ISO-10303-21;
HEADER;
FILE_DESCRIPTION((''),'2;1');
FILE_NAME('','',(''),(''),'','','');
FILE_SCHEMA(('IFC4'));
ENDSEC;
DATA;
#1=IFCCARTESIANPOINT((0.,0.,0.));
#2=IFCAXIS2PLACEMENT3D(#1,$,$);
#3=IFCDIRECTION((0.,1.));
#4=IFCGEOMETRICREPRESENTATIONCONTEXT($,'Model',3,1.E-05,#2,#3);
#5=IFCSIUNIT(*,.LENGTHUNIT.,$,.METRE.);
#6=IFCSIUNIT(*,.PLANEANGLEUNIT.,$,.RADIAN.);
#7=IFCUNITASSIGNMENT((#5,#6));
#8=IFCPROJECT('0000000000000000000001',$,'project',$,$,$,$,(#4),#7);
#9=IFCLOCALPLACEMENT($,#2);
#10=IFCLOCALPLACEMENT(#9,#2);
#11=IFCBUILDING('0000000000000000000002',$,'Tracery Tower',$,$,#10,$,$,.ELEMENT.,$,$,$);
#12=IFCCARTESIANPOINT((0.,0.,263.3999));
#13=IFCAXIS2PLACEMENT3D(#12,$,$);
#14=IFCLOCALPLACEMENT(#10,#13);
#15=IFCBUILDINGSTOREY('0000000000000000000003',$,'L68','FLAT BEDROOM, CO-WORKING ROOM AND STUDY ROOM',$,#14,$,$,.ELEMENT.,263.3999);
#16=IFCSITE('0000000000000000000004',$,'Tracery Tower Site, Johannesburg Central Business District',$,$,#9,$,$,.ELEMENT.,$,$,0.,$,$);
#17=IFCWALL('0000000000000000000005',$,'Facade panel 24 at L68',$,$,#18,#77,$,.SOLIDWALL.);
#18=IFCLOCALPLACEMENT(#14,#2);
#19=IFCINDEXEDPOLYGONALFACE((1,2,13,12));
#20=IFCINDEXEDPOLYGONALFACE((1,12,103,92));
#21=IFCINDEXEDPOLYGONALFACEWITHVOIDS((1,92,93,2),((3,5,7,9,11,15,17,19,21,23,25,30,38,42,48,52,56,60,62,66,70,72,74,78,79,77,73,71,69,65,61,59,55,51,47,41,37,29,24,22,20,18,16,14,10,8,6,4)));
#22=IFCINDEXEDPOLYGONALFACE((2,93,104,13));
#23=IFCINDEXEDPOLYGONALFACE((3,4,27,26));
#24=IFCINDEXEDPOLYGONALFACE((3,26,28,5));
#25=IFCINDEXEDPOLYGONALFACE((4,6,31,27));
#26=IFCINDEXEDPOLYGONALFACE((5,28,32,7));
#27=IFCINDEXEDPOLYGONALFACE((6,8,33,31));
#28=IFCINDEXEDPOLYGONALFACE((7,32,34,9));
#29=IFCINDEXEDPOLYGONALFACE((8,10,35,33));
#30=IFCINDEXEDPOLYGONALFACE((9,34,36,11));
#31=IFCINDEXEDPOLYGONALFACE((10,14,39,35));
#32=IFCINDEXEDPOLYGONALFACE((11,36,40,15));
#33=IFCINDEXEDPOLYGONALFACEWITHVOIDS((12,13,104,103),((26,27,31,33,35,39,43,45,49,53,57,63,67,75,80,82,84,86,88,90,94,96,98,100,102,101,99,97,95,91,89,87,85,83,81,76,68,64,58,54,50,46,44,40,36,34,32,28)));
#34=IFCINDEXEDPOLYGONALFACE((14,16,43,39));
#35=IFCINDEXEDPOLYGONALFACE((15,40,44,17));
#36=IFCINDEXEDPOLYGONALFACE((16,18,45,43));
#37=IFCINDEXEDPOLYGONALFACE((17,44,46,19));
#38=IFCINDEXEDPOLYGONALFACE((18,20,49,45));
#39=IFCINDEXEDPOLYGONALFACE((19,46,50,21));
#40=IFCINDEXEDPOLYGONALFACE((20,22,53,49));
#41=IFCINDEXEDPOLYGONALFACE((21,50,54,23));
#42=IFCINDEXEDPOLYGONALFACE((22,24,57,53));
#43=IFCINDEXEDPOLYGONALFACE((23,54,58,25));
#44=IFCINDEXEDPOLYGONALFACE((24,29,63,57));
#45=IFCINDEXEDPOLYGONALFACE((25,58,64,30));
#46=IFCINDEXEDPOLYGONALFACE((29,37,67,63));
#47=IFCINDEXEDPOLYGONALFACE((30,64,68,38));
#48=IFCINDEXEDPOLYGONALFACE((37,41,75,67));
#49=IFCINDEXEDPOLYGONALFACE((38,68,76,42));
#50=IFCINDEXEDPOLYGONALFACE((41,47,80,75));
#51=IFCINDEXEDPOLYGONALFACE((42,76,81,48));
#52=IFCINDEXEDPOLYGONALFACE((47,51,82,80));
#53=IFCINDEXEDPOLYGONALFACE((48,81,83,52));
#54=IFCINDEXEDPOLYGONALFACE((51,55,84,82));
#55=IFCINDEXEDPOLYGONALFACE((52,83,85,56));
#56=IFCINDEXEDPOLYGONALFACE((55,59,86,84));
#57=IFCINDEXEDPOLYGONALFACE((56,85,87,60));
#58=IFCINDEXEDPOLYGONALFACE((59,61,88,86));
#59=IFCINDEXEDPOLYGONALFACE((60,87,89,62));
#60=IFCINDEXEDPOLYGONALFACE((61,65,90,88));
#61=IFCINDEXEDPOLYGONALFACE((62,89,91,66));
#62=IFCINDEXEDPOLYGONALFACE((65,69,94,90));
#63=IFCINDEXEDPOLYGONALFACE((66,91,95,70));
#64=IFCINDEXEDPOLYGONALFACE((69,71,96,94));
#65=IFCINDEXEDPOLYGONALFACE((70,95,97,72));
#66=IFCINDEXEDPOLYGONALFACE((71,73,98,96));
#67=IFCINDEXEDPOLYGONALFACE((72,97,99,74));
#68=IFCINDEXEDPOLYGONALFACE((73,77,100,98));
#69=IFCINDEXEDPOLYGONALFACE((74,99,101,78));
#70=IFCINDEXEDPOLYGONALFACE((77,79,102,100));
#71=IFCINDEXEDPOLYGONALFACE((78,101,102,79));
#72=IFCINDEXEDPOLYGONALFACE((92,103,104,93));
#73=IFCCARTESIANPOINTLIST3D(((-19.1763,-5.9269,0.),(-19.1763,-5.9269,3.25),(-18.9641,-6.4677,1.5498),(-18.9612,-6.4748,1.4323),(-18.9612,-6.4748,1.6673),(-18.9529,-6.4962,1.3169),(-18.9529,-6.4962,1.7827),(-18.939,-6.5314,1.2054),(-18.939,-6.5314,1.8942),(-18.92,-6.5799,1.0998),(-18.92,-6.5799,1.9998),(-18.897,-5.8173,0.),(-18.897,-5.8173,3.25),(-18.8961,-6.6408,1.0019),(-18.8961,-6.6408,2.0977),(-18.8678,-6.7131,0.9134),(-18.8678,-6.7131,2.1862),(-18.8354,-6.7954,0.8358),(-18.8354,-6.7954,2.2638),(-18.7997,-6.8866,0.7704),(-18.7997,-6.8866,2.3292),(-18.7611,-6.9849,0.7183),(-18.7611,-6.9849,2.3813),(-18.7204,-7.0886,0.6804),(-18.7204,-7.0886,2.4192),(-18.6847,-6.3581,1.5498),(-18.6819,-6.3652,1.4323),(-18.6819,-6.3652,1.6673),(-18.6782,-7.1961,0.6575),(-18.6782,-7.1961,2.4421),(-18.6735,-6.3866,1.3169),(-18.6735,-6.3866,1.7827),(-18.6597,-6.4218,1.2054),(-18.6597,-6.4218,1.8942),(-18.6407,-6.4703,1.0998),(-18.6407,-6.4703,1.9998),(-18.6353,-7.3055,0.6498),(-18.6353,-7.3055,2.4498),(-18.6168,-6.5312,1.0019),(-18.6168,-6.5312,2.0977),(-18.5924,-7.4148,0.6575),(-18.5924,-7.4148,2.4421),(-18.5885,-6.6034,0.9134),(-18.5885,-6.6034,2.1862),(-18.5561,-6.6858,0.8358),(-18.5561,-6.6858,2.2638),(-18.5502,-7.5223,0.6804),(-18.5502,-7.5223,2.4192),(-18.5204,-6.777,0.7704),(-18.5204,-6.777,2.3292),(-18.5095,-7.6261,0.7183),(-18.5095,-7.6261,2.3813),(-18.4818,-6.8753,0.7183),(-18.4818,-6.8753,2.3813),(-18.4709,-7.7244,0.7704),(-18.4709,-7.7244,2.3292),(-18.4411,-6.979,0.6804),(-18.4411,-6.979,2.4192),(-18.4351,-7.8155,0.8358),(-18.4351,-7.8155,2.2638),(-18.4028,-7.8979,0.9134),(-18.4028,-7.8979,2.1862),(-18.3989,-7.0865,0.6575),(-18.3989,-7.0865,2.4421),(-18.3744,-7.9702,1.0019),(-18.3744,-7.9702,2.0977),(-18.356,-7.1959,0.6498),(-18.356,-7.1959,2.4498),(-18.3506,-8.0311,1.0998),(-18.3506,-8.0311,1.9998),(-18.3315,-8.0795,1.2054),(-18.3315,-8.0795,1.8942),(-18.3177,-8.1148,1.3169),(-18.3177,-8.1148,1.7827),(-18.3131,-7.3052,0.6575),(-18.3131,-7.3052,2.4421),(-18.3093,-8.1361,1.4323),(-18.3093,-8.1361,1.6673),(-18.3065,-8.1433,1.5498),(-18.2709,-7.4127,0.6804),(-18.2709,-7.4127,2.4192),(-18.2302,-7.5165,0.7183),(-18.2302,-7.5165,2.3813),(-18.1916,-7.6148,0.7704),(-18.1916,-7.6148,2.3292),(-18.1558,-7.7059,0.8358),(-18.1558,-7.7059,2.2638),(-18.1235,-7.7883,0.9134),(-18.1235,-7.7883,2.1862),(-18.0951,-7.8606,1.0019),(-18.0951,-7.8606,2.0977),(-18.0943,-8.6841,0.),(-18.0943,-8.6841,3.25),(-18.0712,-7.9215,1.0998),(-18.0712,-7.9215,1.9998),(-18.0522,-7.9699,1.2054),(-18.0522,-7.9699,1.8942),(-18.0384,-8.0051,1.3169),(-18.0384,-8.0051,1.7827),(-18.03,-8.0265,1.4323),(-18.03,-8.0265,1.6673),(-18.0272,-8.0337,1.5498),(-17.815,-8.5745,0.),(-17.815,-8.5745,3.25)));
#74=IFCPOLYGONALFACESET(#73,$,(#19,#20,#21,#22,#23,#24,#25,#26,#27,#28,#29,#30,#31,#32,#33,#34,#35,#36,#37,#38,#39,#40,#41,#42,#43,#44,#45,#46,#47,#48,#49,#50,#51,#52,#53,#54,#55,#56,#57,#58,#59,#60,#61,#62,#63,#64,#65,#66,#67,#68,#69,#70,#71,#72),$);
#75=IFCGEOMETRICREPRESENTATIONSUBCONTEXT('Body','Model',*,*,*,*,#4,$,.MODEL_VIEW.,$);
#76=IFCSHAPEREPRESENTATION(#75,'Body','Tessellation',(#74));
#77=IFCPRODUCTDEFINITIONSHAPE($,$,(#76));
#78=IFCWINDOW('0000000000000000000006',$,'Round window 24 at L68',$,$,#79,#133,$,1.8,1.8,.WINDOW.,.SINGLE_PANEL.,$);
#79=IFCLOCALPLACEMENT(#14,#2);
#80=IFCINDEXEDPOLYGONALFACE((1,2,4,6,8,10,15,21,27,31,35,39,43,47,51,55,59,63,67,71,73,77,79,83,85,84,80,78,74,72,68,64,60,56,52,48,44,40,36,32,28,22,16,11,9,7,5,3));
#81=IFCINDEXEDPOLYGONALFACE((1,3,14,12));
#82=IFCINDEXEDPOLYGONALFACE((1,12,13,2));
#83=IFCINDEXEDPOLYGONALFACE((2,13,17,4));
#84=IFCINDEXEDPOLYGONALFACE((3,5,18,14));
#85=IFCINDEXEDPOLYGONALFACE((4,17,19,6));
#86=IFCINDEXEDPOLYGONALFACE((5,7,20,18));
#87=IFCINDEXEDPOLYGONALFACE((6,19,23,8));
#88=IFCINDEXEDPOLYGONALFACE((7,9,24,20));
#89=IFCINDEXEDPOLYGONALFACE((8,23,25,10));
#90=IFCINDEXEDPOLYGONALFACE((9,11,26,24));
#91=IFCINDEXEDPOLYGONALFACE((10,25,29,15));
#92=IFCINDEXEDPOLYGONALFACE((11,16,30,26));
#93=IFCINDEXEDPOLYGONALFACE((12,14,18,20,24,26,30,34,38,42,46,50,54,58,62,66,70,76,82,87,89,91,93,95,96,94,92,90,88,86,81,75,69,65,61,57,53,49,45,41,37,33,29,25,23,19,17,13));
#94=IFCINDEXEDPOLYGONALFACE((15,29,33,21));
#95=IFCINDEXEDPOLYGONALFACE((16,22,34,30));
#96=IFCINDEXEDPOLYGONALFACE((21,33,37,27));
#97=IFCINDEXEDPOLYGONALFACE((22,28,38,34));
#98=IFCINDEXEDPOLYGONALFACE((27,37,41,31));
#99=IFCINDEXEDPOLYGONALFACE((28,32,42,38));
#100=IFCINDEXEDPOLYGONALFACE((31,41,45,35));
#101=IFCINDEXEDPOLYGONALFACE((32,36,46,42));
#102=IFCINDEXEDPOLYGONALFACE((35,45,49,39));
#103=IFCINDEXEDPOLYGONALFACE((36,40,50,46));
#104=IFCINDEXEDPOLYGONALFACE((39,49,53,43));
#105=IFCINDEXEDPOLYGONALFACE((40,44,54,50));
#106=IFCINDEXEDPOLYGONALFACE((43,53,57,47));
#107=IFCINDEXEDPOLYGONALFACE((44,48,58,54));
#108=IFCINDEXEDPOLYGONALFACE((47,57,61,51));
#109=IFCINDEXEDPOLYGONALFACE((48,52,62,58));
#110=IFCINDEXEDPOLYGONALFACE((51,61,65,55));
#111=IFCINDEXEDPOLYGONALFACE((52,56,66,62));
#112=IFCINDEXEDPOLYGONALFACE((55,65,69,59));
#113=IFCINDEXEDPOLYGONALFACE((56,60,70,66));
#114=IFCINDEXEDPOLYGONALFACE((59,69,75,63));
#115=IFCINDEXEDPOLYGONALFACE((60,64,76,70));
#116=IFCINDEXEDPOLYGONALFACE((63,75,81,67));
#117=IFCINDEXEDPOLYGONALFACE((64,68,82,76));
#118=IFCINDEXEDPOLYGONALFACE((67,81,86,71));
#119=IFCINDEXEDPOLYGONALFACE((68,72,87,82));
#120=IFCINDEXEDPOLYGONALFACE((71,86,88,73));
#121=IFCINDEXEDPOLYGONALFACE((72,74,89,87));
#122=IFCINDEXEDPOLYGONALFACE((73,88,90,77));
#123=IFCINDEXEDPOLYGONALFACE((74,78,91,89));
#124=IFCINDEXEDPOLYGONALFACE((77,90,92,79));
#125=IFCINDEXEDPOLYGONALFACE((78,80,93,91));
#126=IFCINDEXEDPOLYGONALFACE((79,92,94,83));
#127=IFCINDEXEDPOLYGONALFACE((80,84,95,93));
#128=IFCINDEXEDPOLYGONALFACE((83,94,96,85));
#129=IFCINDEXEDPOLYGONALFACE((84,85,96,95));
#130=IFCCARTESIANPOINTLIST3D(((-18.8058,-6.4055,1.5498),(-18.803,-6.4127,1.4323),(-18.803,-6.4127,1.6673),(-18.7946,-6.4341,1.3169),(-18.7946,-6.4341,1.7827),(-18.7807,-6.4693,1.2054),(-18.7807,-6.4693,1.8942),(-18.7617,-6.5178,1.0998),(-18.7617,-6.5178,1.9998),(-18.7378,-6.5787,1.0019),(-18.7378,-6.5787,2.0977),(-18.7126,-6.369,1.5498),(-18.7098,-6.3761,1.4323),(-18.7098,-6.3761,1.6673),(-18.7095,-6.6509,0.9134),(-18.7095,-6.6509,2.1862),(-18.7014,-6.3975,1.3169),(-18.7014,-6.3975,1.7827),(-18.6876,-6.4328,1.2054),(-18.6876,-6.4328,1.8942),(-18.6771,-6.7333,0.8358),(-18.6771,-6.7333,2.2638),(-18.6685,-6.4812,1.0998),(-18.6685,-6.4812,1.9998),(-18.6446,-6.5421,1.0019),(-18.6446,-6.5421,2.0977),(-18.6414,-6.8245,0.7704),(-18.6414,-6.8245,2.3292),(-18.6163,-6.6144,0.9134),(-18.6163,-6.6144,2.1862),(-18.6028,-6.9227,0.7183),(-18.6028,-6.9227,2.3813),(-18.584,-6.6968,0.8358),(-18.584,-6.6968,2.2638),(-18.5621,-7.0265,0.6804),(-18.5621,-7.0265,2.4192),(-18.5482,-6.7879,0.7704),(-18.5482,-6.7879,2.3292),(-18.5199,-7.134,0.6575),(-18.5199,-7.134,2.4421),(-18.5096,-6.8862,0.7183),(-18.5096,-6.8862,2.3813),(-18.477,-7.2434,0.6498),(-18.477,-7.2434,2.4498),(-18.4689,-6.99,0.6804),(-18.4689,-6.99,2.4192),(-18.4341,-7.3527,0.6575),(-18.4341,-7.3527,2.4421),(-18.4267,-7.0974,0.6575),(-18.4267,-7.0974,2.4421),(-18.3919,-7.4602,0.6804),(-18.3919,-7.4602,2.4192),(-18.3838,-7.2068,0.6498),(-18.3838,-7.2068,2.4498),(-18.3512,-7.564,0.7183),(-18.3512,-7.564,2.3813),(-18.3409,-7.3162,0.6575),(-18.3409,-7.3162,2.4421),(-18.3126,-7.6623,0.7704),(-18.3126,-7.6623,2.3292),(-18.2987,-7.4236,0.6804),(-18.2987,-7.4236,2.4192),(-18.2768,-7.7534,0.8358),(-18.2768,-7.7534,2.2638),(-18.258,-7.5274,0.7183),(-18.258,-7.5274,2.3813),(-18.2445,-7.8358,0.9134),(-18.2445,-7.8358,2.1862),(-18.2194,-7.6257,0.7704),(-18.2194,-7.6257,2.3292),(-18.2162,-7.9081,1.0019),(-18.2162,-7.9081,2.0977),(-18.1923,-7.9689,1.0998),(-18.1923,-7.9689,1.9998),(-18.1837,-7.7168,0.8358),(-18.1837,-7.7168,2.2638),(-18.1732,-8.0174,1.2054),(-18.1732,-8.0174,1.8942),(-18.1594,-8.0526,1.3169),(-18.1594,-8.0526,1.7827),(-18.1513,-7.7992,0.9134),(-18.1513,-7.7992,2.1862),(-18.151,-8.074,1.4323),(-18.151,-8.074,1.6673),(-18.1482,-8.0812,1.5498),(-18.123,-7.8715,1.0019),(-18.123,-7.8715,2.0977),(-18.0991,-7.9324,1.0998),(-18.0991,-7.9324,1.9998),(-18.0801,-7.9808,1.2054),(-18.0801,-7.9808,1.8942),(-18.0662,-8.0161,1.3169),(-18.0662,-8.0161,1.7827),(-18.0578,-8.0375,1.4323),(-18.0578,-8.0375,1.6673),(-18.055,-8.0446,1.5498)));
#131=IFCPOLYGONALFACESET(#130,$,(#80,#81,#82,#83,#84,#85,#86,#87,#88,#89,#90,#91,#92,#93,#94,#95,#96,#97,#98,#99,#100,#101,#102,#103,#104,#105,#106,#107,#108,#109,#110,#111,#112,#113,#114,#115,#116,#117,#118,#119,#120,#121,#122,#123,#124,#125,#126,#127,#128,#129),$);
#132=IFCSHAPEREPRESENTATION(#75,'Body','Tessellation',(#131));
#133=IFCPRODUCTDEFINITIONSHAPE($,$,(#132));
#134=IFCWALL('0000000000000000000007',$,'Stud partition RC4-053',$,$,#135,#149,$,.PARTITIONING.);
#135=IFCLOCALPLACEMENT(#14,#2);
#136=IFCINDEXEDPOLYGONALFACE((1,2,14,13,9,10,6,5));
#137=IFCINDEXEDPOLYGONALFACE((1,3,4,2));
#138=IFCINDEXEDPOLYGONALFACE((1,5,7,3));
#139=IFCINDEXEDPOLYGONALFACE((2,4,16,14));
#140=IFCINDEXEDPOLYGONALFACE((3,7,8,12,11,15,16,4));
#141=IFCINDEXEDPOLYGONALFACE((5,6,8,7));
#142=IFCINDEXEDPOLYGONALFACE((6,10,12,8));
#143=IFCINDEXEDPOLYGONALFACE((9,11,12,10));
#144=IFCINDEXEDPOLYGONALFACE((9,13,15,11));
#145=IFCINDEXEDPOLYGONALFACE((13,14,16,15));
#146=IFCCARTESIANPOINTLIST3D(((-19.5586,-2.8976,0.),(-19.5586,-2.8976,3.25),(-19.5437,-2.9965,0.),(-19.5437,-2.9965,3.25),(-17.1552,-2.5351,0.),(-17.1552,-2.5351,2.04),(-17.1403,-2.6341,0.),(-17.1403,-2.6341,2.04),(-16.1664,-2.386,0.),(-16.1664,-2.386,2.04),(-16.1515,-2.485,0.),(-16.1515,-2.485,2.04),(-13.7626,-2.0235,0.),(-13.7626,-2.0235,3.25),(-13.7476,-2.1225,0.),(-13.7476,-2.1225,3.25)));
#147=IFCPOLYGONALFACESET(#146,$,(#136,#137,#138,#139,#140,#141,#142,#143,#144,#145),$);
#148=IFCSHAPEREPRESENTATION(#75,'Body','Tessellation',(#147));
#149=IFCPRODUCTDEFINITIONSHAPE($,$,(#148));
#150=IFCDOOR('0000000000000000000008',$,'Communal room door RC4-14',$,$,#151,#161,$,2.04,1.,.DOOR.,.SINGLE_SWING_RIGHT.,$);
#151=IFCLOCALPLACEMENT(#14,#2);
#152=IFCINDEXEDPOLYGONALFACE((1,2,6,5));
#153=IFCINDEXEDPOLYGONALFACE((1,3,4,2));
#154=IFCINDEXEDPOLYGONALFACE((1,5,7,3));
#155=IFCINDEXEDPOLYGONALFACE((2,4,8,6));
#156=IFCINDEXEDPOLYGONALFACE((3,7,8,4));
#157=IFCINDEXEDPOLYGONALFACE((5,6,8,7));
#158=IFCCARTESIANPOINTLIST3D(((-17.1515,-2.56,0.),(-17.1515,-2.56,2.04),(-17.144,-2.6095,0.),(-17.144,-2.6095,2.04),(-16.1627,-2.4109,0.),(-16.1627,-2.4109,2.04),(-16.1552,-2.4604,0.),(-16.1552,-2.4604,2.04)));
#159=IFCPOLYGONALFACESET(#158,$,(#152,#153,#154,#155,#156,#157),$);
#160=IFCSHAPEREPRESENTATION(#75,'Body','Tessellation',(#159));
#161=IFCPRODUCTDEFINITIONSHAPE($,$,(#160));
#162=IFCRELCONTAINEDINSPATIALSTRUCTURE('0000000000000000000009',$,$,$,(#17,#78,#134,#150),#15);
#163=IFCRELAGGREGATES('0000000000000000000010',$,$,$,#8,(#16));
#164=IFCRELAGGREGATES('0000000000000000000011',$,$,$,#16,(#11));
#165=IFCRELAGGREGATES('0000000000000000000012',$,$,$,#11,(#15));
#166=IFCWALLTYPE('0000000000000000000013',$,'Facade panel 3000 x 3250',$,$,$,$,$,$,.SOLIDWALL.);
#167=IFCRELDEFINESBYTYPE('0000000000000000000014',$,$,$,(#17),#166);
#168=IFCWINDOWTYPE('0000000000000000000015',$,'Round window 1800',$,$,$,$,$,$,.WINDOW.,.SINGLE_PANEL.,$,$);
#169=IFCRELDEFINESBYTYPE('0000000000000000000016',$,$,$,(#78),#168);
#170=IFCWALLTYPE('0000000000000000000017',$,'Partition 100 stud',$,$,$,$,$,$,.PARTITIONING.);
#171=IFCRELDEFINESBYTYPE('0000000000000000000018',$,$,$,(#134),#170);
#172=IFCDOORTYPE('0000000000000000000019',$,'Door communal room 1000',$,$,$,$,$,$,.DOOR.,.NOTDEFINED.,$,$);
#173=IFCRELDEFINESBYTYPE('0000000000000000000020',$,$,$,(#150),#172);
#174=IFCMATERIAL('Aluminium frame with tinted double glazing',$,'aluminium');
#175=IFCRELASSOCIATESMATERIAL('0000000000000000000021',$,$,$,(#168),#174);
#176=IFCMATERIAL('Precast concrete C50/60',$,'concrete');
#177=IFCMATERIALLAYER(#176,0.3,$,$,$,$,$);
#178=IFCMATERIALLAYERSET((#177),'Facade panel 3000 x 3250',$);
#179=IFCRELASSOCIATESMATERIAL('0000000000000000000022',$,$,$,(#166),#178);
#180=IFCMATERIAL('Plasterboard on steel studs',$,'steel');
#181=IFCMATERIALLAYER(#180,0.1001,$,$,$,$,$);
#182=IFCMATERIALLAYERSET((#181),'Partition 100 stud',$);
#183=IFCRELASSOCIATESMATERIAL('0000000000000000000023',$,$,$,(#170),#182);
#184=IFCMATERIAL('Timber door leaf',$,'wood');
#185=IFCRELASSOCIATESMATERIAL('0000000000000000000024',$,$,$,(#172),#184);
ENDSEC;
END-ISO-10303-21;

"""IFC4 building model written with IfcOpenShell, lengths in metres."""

from ifc_helpers import new_model, si_unit, direction, frame, frame_2d, origin, origin_2d, place, context, subcontext, project, spatial, rectangle, circle, extrude, material, layer, layer_set, type_object, element, fill, save


model = new_model("IFC4")

# Units and contexts
model_context = context("Model", 3, precision=1e-05, world=origin(), true_north=direction((0.0, 1.0)))
body_context = subcontext(model_context, "Body", "Model", "MODEL_VIEW")
ifc_project = project(units=[si_unit("LENGTHUNIT", "METRE"), si_unit("PLANEANGLEUNIT", "RADIAN")], contexts=[model_context])

# Site, building, storey
site_placement = place(None, origin())
site = spatial("IfcSite", under=ifc_project, at=site_placement, Name="Tracery Tower Site, Johannesburg Central Business District", CompositionType="ELEMENT", RefElevation=0.0)
building_placement = place(site_placement, origin())
building = spatial("IfcBuilding", under=site, at=building_placement, Name="Tracery Tower", CompositionType="ELEMENT")
storey_placement = place(building_placement, frame((0.0, 0.0, 263.3999)))
storey = spatial("IfcBuildingStorey", under=building, at=storey_placement, Name="L68", Description="FLAT BEDROOM, CO-WORKING ROOM AND STUDY ROOM", CompositionType="ELEMENT", Elevation=263.3999)

# Wall, opening, window
ifc_material_1 = material(Name="Aluminium frame with tinted double glazing", Category="aluminium")
window_type = type_object("IfcWindowType", Name="Round window 1800", PartitioningType="SINGLE_PANEL", PredefinedType="WINDOW", material=ifc_material_1)
ifc_material_2 = material(Name="Precast concrete C50/60", Category="concrete")
ifc_layer_1 = layer(ifc_material_2, 0.3)
ifc_layer_set_1 = layer_set([ifc_layer_1], Name="Facade panel 3000 x 3250")
wall_type_1 = type_object("IfcWallType", Name="Facade panel 3000 x 3250", PredefinedType="SOLIDWALL", material=ifc_layer_set_1)
wall_1_placement = place(storey_placement, frame((-19.0366, -5.8721, 0.0), z_axis=(0.0, 0.0, 1.0), x_axis=(0.3653, -0.93089, 0.0)))
wall_1 = element("IfcWall", 1, at=wall_1_placement, inside=storey, type_object=wall_type_1, Name="Facade panel 24 at L68", PredefinedType="SOLIDWALL", context=body_context, shape_type="SweptSolid", body=[
    extrude(rectangle(XDim=2.9619, YDim=0.3, at=frame_2d((1.481, 0.0))), origin(), (0.0, 0.0, 1.0), 3.25),
])
opening_1_placement = place(wall_1_placement, frame((1.481, 0.0, 1.5498)))
opening_1 = element("IfcOpeningElement", 2, at=opening_1_placement, cuts=wall_1, PredefinedType="OPENING", context=body_context, shape_type="SweptSolid", body=[
    extrude(circle(Radius=0.9, at=origin_2d()), frame((0.0, 0.1599, 0.0), z_axis=(0.0, -1.0, 0.0), x_axis=(1.0, 0.0, 0.0)), (0.0, 0.0, 1.0), 0.3201),
])
window_1_placement = place(opening_1_placement, origin())
window_1 = element("IfcWindow", 3, at=window_1_placement, inside=storey, type_object=window_type, Name="Round window 24 at L68", OverallHeight=1.8, OverallWidth=1.8, PartitioningType="SINGLE_PANEL", PredefinedType="WINDOW", context=body_context, shape_type="SweptSolid", body=[
    extrude(circle(Radius=0.9, at=origin_2d()), frame((0.0, 0.1201, 0.0), z_axis=(0.0, -1.0, 0.0), x_axis=(1.0, 0.0, 0.0)), (0.0, 0.0, 1.0), 0.1001),
])
fill(opening_1, window_1)

# Wall, opening, door
ifc_material_3 = material(Name="Plasterboard on steel studs", Category="steel")
ifc_layer_2 = layer(ifc_material_3, 0.1001)
ifc_layer_set_2 = layer_set([ifc_layer_2], Name="Partition 100 stud")
wall_type_2 = type_object("IfcWallType", Name="Partition 100 stud", PredefinedType="PARTITIONING", material=ifc_layer_set_2)
wall_2_placement = place(storey_placement, frame((-19.551, -2.947, 0.0), z_axis=(0.0, 0.0, 1.0), x_axis=(0.988821, 0.149108, 0.0)))
wall_2 = element("IfcWall", 4, at=wall_2_placement, inside=storey, type_object=wall_type_2, Name="Stud partition RC4-053", PredefinedType="PARTITIONING", context=body_context, shape_type="SweptSolid", body=[
    extrude(rectangle(XDim=5.8616, YDim=0.1001, at=frame_2d((2.9307, 0.0))), origin(), (0.0, 0.0, 1.0), 3.25),
])
opening_2_placement = place(wall_2_placement, frame((2.4304, 0.0, 0.0)))
opening_2 = element("IfcOpeningElement", 5, at=opening_2_placement, cuts=wall_2, PredefinedType="OPENING", context=body_context, shape_type="SweptSolid", body=[
    extrude(rectangle(XDim=1.0, YDim=2.04, at=frame_2d((0.5, 1.02))), frame((0.0, 0.05, 0.0), z_axis=(0.0, -1.0, 0.0), x_axis=(1.0, 0.0, 0.0)), (0.0, 0.0, 1.0), 0.1001),
])
ifc_material_4 = material(Name="Timber door leaf", Category="wood")
door_type_1 = type_object("IfcDoorType", Name="Door communal room 1000", OperationType="NOTDEFINED", PredefinedType="DOOR", material=ifc_material_4)
door_1_placement = place(opening_2_placement, origin())
door_1 = element("IfcDoor", 6, at=door_1_placement, inside=storey, type_object=door_type_1, Name="Communal room door RC4-14", OperationType="SINGLE_SWING_RIGHT", OverallHeight=2.04, OverallWidth=1.0, PredefinedType="DOOR", context=body_context, shape_type="SweptSolid", body=[
    extrude(rectangle(XDim=1.0, YDim=2.04, at=frame_2d((0.5, 1.02))), frame((0.0, 0.0249, 0.0), z_axis=(0.0, -1.0, 0.0), x_axis=(1.0, 0.0, 0.0)), (0.0, 0.0, 1.0), 0.05),
])
fill(opening_2, door_1)

save(model, "model.ifc")
